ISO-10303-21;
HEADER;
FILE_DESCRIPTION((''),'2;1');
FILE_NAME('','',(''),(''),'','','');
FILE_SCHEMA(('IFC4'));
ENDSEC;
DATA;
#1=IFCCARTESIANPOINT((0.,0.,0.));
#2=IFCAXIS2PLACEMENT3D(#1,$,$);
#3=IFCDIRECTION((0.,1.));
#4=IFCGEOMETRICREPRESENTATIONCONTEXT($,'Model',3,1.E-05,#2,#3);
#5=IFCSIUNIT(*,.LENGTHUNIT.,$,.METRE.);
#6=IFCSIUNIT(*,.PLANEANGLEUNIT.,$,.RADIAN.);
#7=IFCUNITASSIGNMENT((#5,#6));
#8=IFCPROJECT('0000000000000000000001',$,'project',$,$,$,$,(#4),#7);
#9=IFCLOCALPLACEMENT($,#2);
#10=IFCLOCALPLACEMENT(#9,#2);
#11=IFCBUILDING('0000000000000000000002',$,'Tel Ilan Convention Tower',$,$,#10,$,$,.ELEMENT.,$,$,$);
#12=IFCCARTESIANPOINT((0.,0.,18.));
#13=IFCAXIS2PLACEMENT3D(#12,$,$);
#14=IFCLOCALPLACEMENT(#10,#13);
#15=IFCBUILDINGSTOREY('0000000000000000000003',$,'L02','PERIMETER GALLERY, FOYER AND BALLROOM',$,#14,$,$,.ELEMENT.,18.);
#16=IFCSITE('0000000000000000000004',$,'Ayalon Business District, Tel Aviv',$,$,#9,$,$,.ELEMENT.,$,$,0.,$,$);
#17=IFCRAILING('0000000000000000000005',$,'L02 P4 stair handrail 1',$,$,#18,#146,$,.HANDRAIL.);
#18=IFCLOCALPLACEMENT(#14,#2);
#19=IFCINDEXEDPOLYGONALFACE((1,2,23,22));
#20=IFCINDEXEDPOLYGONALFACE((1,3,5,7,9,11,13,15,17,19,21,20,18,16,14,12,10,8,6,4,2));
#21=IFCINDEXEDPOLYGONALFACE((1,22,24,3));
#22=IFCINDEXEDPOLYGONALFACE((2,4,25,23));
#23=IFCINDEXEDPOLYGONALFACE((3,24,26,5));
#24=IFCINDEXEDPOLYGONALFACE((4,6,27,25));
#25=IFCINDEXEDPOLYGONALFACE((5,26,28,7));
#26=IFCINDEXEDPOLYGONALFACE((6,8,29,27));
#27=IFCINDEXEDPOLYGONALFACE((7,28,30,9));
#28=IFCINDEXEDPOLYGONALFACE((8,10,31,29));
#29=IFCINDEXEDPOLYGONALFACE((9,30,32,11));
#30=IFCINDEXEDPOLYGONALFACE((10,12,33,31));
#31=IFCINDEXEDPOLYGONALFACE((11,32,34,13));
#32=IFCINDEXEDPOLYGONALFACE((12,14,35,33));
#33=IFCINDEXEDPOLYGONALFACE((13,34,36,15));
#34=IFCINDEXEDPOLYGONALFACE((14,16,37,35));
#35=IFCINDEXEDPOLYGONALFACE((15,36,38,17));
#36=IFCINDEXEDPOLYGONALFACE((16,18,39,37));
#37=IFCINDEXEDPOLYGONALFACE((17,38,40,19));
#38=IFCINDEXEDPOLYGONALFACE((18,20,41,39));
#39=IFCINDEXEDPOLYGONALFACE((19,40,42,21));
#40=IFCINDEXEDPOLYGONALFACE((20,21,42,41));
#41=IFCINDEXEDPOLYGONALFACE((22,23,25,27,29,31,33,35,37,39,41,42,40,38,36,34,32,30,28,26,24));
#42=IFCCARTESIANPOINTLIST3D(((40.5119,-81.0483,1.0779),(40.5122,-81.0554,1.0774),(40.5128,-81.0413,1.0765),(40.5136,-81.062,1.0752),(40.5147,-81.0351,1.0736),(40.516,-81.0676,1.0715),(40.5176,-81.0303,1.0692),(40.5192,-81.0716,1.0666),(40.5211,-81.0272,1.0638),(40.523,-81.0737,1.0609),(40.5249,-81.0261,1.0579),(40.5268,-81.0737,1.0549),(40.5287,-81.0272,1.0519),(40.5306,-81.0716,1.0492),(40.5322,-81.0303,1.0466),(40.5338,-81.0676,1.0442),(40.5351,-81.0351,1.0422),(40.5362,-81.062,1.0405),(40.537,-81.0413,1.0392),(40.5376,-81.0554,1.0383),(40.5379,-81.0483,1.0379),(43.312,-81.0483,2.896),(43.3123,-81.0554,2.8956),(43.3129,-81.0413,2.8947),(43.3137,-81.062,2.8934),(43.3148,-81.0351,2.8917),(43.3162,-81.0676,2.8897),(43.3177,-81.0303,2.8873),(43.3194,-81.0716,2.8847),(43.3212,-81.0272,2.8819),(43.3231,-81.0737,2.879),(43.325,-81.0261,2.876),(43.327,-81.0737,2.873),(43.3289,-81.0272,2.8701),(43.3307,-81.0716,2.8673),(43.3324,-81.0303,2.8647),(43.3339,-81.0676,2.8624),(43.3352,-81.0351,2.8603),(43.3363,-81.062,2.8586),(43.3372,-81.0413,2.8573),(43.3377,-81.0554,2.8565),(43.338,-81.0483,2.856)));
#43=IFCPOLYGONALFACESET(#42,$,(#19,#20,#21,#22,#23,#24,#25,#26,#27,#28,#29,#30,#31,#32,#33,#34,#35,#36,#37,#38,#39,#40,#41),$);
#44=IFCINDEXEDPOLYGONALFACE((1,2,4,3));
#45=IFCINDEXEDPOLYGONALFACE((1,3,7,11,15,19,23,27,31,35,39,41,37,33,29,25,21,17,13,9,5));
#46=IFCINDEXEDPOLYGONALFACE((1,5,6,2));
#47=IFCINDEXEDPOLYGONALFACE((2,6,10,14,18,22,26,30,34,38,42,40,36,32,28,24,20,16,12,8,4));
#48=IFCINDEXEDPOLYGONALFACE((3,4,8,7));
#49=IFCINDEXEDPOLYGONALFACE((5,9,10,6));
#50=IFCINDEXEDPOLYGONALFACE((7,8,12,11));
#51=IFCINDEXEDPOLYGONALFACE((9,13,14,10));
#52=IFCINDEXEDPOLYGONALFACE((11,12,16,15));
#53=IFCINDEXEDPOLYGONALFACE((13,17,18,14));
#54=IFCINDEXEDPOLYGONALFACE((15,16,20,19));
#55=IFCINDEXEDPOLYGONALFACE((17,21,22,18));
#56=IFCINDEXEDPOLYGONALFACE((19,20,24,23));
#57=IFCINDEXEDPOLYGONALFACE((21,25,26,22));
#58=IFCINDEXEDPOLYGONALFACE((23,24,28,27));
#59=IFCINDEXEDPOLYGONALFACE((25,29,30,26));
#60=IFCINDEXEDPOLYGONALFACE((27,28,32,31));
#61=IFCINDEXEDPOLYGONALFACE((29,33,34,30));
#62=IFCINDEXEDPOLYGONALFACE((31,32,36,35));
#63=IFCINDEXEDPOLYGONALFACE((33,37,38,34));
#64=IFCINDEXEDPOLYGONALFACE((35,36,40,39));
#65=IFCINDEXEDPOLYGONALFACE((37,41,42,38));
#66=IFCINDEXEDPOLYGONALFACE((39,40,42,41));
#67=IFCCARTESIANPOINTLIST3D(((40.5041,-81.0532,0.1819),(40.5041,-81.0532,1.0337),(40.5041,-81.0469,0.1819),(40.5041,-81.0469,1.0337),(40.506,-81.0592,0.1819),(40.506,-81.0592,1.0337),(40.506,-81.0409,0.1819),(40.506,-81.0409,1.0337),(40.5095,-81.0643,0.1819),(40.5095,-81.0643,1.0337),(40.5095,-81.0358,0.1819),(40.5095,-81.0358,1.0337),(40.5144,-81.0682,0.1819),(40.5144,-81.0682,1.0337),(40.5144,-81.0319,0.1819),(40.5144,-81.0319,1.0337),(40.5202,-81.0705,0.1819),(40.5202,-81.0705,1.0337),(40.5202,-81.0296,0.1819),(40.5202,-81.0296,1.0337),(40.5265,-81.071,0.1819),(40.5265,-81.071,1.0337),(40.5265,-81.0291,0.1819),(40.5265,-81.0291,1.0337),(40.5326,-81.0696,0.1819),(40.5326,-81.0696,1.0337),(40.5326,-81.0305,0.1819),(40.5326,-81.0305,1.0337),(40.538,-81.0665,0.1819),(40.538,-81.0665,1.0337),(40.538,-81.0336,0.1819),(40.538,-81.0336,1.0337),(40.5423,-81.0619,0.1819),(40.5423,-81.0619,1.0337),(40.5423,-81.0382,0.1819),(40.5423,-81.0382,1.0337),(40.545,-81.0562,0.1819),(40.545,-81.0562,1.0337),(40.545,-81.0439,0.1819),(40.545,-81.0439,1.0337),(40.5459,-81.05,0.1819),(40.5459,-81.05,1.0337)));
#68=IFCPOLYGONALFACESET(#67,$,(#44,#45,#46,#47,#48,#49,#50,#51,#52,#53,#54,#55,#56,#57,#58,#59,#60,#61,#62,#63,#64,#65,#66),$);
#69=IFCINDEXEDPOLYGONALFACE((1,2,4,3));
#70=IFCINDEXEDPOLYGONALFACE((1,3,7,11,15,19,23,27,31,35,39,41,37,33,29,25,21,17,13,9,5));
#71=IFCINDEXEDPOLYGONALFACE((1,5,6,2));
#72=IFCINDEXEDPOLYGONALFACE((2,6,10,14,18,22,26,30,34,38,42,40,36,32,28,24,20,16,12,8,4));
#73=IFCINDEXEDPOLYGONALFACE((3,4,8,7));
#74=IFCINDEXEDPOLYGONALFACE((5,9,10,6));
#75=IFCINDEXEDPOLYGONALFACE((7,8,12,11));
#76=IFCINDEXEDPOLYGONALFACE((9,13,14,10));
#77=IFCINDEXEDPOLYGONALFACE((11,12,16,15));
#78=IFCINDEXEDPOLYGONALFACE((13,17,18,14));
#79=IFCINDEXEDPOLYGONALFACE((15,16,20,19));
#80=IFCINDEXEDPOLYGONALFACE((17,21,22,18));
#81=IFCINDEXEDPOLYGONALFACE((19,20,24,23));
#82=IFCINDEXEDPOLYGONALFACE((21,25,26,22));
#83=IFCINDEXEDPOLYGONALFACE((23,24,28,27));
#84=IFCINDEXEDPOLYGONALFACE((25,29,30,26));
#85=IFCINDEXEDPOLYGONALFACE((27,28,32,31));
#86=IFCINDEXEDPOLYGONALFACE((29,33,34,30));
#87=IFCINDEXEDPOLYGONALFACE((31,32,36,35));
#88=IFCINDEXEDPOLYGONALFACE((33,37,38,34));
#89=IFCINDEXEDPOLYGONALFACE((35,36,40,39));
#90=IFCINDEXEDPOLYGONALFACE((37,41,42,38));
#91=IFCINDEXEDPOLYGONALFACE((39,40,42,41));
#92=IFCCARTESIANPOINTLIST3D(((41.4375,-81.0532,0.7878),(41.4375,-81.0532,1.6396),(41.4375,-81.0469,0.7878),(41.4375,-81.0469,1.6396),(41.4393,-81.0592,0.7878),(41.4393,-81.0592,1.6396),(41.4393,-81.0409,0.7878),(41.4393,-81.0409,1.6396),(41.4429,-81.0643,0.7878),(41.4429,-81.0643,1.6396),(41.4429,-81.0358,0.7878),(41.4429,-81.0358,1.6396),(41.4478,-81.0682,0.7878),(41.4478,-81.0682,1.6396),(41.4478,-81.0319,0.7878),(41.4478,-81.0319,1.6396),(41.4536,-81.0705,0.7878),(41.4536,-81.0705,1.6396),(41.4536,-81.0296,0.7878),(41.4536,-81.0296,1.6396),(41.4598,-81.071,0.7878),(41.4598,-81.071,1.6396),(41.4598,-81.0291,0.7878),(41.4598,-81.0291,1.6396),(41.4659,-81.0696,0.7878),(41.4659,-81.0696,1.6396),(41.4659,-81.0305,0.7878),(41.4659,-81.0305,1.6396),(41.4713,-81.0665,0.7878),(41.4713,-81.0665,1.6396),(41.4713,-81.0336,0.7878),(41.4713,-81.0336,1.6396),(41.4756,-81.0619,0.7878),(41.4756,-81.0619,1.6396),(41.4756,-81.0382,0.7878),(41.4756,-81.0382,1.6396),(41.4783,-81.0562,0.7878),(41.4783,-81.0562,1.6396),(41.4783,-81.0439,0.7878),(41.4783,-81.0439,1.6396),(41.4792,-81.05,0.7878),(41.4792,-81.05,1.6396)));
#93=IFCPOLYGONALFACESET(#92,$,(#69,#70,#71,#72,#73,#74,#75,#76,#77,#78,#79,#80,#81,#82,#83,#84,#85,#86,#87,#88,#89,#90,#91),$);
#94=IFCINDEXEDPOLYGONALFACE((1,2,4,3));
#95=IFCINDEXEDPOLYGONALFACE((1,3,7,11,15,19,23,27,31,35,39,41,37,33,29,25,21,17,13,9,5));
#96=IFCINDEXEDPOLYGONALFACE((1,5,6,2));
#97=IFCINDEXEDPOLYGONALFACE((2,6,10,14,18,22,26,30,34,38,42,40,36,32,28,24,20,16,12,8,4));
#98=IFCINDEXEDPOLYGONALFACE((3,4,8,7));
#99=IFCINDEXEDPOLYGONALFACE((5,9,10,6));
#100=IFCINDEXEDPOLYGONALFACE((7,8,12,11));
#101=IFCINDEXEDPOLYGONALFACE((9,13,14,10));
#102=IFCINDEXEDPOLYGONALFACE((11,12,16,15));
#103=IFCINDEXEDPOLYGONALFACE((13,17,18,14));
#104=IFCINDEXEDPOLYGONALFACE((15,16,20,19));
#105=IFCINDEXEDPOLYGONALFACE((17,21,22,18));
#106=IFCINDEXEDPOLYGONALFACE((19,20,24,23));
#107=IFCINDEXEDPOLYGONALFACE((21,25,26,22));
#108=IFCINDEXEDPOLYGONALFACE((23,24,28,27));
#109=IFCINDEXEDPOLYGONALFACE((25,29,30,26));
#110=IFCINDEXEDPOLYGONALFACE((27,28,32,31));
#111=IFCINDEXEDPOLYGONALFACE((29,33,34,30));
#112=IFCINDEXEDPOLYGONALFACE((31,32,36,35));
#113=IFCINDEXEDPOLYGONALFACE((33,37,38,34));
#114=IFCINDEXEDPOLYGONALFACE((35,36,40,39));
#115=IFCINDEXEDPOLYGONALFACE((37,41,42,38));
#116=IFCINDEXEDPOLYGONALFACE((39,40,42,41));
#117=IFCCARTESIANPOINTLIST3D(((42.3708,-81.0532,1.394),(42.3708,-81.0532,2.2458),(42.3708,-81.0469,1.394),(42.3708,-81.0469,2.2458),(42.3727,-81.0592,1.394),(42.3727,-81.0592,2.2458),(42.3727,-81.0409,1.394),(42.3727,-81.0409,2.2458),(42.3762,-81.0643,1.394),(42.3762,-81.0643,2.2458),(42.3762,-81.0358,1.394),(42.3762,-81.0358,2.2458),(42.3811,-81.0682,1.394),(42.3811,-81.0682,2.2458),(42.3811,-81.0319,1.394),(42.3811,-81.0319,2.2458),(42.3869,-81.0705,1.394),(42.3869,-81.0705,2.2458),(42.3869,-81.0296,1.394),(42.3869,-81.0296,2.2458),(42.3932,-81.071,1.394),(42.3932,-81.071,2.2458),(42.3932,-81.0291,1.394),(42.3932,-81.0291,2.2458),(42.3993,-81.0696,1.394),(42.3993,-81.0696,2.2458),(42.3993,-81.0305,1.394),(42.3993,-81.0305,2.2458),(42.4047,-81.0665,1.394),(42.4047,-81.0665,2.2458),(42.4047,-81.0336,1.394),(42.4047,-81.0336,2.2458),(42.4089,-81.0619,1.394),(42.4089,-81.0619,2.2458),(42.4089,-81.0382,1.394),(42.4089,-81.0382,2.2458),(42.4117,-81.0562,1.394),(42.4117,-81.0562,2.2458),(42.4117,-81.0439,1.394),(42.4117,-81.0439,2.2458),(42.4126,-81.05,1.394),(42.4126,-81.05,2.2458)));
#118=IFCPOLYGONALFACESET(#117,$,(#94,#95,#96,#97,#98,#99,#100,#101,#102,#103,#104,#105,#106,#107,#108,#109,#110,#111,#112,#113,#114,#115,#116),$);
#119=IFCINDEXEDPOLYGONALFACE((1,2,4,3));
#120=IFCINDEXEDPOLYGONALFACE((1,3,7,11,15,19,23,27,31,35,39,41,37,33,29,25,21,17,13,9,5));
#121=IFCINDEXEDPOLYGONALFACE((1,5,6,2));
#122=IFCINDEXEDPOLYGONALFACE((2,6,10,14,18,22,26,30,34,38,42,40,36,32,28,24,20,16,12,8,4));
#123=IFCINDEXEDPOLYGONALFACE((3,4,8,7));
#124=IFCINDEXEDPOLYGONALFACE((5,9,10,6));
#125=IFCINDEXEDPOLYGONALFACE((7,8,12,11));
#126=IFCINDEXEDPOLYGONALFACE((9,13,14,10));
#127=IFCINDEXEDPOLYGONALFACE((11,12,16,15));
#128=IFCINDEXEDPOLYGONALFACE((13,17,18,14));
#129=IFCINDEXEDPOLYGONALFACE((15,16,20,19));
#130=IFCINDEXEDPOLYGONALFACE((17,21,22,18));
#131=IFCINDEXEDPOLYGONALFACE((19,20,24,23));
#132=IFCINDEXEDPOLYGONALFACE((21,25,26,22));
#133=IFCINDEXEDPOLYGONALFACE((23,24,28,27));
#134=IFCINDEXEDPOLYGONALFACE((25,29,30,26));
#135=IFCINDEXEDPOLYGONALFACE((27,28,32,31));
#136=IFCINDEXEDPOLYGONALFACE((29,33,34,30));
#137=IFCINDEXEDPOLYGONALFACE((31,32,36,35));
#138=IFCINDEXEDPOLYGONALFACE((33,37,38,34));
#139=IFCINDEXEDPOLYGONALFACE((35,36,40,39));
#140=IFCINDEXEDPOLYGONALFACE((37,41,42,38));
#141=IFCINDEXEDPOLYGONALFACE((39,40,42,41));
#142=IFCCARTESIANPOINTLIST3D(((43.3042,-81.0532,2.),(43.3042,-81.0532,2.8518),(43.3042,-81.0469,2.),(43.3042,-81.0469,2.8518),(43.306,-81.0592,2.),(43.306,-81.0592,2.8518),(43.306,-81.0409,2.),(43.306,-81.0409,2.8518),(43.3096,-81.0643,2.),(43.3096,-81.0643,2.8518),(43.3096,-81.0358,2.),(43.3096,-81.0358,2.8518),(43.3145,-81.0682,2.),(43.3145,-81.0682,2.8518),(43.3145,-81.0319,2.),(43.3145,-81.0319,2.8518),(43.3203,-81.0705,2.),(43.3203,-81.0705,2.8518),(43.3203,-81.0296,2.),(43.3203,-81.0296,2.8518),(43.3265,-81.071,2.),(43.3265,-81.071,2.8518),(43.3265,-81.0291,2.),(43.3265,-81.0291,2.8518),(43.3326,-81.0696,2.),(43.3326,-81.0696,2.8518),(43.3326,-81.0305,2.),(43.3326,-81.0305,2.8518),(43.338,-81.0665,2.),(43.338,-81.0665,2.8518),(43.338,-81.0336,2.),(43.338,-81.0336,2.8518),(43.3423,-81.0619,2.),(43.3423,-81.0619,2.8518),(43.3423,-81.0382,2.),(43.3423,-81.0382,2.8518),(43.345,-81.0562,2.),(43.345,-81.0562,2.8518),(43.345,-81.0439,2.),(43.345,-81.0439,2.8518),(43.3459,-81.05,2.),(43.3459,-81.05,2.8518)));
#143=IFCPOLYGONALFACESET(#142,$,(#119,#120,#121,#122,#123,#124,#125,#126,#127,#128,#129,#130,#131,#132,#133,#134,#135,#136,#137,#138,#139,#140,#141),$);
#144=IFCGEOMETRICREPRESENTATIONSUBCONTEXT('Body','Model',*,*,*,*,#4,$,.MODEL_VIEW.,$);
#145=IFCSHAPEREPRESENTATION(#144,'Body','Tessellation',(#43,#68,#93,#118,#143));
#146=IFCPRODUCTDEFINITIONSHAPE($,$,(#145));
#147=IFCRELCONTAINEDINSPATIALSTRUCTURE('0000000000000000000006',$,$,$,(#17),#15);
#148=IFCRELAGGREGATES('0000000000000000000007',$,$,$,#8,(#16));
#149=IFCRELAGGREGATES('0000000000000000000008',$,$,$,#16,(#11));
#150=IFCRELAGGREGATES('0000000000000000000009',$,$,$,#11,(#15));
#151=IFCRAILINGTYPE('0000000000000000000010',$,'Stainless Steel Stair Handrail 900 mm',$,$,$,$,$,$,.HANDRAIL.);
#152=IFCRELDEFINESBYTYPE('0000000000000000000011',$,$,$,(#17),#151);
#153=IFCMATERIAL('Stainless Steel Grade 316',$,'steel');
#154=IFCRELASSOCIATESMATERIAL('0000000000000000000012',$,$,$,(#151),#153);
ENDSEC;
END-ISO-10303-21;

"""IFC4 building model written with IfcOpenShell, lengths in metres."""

from ifc_helpers import new_model, si_unit, direction, frame, origin, origin_2d, place, context, subcontext, project, spatial, circle, extrude, material, type_object, element, save


model = new_model("IFC4")

# Units and contexts
model_context = context("Model", 3, precision=1e-05, world=origin(), true_north=direction((0.0, 1.0)))
body_context = subcontext(model_context, "Body", "Model", "MODEL_VIEW")
ifc_project = project(units=[si_unit("LENGTHUNIT", "METRE"), si_unit("PLANEANGLEUNIT", "RADIAN")], contexts=[model_context])

# Site, building, storey
site_placement = place(None, origin())
site = spatial("IfcSite", under=ifc_project, at=site_placement, Name="Ayalon Business District, Tel Aviv", CompositionType="ELEMENT", RefElevation=0.0)
building_placement = place(site_placement, origin())
building = spatial("IfcBuilding", under=site, at=building_placement, Name="Tel Ilan Convention Tower", CompositionType="ELEMENT")
storey_placement = place(building_placement, frame((0.0, 0.0, 18.0)))
storey = spatial("IfcBuildingStorey", under=building, at=storey_placement, Name="L02", Description="PERIMETER GALLERY, FOYER AND BALLROOM", CompositionType="ELEMENT", Elevation=18.0)

# Railing
ifc_material_1 = material(Name="Stainless Steel Grade 316", Category="steel")
railing_type_1 = type_object("IfcRailingType", Name="Stainless Steel Stair Handrail 900 mm", PredefinedType="HANDRAIL", material=ifc_material_1)
railing_1_placement = place(storey_placement, frame((40.5249, -81.05, 0.1819)))
element("IfcRailing", 1, at=railing_1_placement, inside=storey, type_object=railing_type_1, Name="L02 P4 stair handrail 1", PredefinedType="HANDRAIL", context=body_context, shape_type="SweptSolid", body=[
    extrude(circle(Radius=0.0239, at=origin_2d()), frame((0.0, 0.0, 0.876), z_axis=(0.838706, 0.0, 0.544585), x_axis=(0.0, 1.0, 0.0)), (0.0, 0.0, 1.0), 3.3386),
    extrude(circle(Radius=0.021, at=origin_2d()), origin(), (0.0, 0.0, 1.0), 0.8518),
    extrude(circle(Radius=0.021, at=origin_2d()), frame((0.9333, 0.0, 0.606)), (0.0, 0.0, 1.0), 0.8518),
    extrude(circle(Radius=0.021, at=origin_2d()), frame((1.8667, 0.0, 1.2122)), (0.0, 0.0, 1.0), 0.8518),
    extrude(circle(Radius=0.021, at=origin_2d()), frame((2.8, 0.0, 1.8181)), (0.0, 0.0, 1.0), 0.8518),
])

save(model, "model.ifc")
